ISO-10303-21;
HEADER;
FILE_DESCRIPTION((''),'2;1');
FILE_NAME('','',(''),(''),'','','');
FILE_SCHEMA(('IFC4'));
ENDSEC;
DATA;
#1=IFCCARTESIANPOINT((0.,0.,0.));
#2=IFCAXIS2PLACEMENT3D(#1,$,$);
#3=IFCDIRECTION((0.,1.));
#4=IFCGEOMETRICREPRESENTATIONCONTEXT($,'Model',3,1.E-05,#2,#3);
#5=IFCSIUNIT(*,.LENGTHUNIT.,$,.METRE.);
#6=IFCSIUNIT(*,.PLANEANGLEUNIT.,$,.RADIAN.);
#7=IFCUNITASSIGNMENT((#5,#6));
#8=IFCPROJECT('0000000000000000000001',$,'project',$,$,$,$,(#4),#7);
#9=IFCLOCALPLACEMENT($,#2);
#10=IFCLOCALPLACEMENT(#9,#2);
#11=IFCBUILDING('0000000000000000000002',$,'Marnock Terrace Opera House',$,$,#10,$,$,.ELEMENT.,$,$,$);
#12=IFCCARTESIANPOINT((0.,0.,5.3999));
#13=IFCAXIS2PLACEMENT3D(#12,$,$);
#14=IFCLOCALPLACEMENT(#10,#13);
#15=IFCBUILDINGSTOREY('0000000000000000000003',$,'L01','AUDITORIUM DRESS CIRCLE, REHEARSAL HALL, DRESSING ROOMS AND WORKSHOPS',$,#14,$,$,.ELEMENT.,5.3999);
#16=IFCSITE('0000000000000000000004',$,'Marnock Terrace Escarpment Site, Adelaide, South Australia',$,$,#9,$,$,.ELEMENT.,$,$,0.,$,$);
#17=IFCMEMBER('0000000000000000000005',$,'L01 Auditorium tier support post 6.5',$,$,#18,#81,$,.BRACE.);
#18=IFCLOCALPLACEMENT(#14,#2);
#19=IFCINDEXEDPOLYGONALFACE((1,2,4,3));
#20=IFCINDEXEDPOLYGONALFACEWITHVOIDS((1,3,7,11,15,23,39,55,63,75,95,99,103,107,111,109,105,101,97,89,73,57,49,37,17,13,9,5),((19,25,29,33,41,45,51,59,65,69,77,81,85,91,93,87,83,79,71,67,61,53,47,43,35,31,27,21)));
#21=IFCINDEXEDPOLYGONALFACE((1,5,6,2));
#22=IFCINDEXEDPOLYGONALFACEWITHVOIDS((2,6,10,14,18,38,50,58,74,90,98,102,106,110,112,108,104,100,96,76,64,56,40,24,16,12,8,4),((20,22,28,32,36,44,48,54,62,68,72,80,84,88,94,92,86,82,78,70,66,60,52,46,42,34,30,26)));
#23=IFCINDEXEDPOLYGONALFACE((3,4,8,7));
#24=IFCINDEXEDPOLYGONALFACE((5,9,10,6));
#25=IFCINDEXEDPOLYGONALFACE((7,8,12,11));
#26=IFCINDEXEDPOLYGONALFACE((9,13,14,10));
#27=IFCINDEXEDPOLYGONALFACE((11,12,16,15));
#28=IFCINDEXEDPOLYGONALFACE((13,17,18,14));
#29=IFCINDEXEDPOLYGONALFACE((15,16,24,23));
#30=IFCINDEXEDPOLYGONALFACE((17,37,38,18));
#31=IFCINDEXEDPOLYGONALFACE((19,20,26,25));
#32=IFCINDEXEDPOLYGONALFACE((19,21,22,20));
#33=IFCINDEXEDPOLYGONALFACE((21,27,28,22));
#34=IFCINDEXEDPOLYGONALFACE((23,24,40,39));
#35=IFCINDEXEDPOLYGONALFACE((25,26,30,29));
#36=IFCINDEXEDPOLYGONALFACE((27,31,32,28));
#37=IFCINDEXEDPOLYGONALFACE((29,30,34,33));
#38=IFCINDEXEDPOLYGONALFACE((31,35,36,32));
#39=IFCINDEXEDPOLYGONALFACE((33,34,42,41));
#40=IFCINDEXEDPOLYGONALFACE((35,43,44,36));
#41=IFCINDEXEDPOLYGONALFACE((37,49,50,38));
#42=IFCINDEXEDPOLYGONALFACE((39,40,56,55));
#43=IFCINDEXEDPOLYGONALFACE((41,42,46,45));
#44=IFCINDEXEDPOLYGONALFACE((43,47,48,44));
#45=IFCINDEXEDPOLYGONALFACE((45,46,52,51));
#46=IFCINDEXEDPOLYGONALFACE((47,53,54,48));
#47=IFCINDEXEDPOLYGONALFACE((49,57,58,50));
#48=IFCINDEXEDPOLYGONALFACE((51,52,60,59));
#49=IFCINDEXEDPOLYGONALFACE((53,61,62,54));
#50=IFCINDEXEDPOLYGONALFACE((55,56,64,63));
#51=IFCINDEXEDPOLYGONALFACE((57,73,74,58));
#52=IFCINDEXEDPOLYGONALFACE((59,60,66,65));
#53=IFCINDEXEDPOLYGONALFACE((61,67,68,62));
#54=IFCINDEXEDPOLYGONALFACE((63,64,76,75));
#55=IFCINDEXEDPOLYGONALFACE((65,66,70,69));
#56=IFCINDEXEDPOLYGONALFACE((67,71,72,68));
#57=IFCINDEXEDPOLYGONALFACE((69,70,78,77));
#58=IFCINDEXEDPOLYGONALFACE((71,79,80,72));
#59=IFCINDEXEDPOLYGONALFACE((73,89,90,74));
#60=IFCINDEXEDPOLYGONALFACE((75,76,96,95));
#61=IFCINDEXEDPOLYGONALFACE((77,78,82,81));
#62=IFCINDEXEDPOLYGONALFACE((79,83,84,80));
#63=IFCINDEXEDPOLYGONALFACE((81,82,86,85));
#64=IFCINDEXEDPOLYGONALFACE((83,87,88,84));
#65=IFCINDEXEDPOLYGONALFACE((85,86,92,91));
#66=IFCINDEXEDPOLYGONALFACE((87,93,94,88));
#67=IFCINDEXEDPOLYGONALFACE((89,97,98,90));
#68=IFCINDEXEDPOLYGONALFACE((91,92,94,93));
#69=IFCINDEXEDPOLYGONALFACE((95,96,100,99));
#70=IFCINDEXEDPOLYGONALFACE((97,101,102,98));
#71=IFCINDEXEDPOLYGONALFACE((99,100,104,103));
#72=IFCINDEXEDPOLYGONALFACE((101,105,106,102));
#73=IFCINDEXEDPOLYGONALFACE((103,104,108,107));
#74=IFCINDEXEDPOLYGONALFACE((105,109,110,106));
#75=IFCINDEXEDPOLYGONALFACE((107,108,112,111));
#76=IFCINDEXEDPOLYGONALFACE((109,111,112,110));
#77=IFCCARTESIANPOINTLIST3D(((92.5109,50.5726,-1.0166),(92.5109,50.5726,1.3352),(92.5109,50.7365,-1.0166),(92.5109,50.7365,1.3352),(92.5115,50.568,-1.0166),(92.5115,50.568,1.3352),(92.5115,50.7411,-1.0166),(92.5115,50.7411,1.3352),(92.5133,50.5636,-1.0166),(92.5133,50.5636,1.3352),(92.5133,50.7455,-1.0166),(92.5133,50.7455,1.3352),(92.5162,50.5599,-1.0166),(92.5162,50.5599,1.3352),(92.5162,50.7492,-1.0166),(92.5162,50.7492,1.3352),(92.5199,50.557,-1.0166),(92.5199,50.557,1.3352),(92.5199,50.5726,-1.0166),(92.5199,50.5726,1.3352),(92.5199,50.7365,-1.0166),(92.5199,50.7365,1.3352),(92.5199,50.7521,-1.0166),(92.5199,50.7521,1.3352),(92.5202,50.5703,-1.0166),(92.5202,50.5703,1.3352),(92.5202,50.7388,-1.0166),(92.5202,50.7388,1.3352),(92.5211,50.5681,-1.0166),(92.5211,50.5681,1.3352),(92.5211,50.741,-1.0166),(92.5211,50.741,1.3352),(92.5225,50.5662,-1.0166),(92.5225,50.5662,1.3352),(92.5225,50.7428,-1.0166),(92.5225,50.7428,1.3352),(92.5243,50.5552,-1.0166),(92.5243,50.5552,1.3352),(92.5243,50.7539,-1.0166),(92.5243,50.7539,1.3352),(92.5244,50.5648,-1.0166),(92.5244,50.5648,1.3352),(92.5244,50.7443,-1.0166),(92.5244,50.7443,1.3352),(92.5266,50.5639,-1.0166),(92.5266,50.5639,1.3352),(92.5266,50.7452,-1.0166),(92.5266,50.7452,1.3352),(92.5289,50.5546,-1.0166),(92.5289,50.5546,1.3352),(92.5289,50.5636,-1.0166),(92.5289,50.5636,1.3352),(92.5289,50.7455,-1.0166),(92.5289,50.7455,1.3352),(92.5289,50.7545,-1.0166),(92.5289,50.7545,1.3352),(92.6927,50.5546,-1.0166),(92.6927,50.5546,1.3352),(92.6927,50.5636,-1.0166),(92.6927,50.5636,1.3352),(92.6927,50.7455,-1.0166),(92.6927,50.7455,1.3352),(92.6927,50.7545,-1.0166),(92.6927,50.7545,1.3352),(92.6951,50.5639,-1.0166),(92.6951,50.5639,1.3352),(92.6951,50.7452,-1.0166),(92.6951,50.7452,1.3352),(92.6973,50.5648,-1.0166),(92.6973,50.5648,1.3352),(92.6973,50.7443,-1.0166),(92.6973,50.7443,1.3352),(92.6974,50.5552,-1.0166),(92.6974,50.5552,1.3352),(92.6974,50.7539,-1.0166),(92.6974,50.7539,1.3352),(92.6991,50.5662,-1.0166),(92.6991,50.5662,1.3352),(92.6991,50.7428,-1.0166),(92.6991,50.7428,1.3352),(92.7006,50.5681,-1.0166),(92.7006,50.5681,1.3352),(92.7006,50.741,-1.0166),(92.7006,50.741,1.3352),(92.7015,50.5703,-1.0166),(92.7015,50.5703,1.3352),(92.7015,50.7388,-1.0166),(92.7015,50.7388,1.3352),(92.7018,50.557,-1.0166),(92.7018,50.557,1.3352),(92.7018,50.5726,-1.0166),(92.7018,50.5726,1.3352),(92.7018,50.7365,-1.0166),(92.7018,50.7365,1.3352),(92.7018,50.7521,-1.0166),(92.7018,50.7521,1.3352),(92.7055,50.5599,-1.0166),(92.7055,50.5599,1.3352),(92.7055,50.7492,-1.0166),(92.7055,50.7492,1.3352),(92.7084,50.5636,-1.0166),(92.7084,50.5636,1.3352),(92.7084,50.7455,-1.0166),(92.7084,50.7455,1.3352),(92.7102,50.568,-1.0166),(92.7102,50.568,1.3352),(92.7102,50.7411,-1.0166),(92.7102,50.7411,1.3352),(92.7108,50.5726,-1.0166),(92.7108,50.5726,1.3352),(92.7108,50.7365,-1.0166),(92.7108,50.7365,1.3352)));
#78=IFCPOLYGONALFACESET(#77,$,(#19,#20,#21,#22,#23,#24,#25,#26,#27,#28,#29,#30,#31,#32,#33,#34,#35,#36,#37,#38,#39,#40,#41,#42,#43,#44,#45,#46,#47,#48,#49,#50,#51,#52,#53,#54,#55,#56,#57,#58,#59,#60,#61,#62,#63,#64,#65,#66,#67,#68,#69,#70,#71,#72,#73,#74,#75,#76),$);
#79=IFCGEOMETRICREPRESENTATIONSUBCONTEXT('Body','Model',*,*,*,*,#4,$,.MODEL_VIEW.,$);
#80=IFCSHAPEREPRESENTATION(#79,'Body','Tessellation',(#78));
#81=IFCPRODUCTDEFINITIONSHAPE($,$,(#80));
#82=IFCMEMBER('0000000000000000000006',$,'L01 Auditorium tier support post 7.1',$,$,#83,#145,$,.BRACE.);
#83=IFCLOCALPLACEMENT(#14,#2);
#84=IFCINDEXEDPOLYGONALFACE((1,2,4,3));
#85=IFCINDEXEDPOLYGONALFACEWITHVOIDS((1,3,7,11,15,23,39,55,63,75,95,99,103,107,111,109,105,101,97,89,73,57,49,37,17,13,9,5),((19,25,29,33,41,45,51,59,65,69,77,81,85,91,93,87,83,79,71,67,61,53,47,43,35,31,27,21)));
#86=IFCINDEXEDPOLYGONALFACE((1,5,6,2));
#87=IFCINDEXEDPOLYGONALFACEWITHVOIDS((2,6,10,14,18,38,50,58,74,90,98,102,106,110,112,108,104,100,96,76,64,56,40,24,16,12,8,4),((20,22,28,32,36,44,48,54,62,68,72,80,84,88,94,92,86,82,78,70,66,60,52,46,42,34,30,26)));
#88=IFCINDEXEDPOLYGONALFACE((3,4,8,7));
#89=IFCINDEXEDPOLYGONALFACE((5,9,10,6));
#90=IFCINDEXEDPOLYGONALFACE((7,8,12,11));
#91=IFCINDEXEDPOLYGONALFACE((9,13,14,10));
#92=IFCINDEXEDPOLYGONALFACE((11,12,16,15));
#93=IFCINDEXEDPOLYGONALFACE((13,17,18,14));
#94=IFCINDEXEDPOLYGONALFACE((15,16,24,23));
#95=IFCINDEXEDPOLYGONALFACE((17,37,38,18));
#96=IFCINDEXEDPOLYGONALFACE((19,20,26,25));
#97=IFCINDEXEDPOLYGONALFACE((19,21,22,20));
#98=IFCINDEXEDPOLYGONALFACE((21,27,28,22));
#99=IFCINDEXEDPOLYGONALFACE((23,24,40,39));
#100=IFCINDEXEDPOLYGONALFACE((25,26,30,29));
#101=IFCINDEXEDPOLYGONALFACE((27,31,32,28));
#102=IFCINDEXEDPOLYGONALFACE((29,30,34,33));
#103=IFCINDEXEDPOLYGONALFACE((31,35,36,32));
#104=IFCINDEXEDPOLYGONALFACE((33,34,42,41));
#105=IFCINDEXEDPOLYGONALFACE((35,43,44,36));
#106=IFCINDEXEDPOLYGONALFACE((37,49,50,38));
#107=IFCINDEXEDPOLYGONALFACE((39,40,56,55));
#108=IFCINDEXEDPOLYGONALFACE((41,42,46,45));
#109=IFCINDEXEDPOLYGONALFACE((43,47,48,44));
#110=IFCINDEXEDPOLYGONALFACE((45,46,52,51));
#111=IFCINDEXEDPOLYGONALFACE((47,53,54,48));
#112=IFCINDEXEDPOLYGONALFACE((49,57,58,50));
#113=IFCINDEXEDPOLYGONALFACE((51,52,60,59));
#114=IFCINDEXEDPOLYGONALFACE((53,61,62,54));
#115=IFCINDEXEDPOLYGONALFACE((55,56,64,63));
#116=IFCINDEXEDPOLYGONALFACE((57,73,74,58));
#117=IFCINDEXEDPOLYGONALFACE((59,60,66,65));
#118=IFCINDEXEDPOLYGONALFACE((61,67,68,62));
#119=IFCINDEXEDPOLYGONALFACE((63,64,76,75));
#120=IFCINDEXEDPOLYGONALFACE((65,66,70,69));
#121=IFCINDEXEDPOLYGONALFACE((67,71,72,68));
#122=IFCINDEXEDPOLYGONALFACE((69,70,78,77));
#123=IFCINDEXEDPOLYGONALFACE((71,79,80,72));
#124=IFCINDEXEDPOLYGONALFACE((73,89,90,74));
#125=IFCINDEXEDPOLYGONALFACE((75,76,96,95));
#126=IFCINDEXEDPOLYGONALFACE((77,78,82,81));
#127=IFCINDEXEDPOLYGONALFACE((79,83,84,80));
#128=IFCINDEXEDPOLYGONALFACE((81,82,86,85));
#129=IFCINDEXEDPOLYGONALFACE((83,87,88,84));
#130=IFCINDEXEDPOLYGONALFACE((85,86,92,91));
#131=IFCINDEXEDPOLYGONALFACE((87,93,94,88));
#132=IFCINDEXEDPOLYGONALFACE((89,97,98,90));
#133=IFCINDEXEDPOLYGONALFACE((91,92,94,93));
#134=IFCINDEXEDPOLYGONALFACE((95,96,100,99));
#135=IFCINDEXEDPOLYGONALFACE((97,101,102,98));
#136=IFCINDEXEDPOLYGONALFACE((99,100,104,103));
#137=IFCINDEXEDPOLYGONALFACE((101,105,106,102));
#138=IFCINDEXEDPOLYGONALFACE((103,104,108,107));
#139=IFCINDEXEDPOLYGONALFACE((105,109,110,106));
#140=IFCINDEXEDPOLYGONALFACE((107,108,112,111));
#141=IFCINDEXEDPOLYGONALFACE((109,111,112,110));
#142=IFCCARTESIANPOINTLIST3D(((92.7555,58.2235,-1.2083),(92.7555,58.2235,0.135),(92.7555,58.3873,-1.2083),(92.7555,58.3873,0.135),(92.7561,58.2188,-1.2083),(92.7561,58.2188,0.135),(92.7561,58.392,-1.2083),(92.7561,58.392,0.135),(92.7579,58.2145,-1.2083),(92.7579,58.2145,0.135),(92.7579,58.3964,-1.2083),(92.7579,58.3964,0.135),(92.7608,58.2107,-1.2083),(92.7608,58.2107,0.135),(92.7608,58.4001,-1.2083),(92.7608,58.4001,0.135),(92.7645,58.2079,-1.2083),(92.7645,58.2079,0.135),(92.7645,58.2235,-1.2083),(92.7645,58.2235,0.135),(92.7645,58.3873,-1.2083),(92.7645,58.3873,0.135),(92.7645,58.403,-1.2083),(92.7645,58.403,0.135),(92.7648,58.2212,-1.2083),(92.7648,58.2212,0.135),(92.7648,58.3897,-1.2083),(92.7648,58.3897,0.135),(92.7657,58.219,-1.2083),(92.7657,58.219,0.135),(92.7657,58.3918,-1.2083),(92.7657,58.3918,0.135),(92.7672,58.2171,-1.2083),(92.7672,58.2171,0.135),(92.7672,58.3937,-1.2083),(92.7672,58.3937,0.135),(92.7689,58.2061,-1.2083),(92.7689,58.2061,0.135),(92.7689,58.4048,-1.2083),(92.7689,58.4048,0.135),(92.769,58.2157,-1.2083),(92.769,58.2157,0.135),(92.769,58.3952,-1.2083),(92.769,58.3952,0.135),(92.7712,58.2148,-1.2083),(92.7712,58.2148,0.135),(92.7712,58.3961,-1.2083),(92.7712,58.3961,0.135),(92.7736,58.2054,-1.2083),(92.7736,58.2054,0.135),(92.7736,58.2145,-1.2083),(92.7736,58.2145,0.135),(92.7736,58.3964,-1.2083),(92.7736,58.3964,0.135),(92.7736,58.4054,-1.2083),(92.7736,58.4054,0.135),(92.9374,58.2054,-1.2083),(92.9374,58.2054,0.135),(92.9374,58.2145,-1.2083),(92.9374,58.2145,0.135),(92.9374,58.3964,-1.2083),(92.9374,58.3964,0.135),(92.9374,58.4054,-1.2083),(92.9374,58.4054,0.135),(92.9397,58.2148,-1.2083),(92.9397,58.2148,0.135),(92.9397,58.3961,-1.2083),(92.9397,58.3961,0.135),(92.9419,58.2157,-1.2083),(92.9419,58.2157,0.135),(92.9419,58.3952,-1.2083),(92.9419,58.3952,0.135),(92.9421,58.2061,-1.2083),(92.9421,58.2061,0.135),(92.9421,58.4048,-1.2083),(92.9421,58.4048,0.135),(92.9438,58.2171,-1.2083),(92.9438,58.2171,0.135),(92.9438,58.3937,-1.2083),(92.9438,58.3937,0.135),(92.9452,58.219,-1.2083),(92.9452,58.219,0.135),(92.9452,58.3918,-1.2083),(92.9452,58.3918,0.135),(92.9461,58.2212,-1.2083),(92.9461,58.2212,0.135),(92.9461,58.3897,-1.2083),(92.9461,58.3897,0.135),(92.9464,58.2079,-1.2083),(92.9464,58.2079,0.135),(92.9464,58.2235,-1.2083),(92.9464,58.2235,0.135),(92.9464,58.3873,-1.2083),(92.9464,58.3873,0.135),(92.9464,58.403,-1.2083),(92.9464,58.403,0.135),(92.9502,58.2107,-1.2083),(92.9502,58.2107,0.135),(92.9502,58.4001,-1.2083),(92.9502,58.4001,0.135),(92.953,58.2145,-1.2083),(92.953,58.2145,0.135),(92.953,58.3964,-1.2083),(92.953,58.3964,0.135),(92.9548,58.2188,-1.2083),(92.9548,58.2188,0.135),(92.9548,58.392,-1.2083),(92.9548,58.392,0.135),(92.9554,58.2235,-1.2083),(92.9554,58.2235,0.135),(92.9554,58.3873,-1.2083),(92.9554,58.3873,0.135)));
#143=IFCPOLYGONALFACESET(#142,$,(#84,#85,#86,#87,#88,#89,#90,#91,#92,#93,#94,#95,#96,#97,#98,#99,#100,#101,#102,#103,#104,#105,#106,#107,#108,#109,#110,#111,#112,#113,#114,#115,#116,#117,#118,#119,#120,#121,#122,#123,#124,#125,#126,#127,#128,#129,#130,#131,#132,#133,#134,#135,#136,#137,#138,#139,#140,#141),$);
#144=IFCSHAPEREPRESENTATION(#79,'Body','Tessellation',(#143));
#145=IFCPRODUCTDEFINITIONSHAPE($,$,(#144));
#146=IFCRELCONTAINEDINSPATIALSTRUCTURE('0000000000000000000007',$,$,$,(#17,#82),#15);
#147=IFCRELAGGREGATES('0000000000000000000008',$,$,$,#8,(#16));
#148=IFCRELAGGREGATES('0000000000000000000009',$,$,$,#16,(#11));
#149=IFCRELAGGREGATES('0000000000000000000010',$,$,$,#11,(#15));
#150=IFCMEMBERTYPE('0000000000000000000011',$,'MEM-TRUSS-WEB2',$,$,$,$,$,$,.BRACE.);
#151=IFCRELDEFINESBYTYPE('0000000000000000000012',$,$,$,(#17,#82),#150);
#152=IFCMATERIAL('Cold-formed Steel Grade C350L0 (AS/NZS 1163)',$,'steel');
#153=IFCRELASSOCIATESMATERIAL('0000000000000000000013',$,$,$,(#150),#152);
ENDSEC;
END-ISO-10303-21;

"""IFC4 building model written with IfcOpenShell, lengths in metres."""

from ifc_helpers import new_model, si_unit, direction, frame, origin, origin_2d, place, context, subcontext, project, spatial, hollow_rectangle, extrude, material, material_profile, profile_set, type_object, element, save


model = new_model("IFC4")

# Units and contexts
model_context = context("Model", 3, precision=1e-05, world=origin(), true_north=direction((0.0, 1.0)))
body_context = subcontext(model_context, "Body", "Model", "MODEL_VIEW")
ifc_project = project(units=[si_unit("LENGTHUNIT", "METRE"), si_unit("PLANEANGLEUNIT", "RADIAN")], contexts=[model_context])

# Site, building, storey
site_placement = place(None, origin())
site = spatial("IfcSite", under=ifc_project, at=site_placement, Name="Marnock Terrace Escarpment Site, Adelaide, South Australia", CompositionType="ELEMENT", RefElevation=0.0)
building_placement = place(site_placement, origin())
building = spatial("IfcBuilding", under=site, at=building_placement, Name="Marnock Terrace Opera House", CompositionType="ELEMENT")
storey_placement = place(building_placement, frame((0.0, 0.0, 5.3999)))
storey = spatial("IfcBuildingStorey", under=building, at=storey_placement, Name="L01", Description="AUDITORIUM DRESS CIRCLE, REHEARSAL HALL, DRESSING ROOMS AND WORKSHOPS", CompositionType="ELEMENT", Elevation=5.3999)

# Members
ifc_material_1 = material(Name="Cold-formed Steel Grade C350L0 (AS/NZS 1163)", Category="steel")
ifc_material_profile_1 = material_profile(ifc_material_1, hollow_rectangle(XDim=0.2, YDim=0.2, WallThickness=0.009, InnerFilletRadius=0.009, OuterFilletRadius=0.0181, at=origin_2d()))
ifc_profile_set_1 = profile_set([ifc_material_profile_1], Name="Cold-formed Steel Grade C350L0 (AS/NZS 1163)")
member_type = type_object("IfcMemberType", Name="MEM-TRUSS-WEB2", PredefinedType="BRACE", material=ifc_profile_set_1)
member_1_placement = place(storey_placement, frame((92.6108, 50.6545, -1.0166), z_axis=(0.0, 0.0, 1.0), x_axis=(1.0, 0.0, 0.0)))
element("IfcMember", 1, at=member_1_placement, inside=storey, type_object=member_type, Name="L01 Auditorium tier support post 6.5", PredefinedType="BRACE", context=body_context, shape_type="SweptSolid", body=[
    extrude(hollow_rectangle(XDim=0.2, YDim=0.2, WallThickness=0.009, InnerFilletRadius=0.009, OuterFilletRadius=0.0181, at=origin_2d()), origin(), (0.0, 0.0, 1.0), 2.3518),
])
member_2_placement = place(storey_placement, frame((92.8555, 58.3054, -1.2083), z_axis=(0.0, 0.0, 1.0), x_axis=(1.0, 0.0, 0.0)))
element("IfcMember", 2, at=member_2_placement, inside=storey, type_object=member_type, Name="L01 Auditorium tier support post 7.1", PredefinedType="BRACE", context=body_context, shape_type="SweptSolid", body=[
    extrude(hollow_rectangle(XDim=0.2, YDim=0.2, WallThickness=0.009, InnerFilletRadius=0.009, OuterFilletRadius=0.0181, at=origin_2d()), origin(), (0.0, 0.0, 1.0), 1.3433),
])

save(model, "model.ifc")
